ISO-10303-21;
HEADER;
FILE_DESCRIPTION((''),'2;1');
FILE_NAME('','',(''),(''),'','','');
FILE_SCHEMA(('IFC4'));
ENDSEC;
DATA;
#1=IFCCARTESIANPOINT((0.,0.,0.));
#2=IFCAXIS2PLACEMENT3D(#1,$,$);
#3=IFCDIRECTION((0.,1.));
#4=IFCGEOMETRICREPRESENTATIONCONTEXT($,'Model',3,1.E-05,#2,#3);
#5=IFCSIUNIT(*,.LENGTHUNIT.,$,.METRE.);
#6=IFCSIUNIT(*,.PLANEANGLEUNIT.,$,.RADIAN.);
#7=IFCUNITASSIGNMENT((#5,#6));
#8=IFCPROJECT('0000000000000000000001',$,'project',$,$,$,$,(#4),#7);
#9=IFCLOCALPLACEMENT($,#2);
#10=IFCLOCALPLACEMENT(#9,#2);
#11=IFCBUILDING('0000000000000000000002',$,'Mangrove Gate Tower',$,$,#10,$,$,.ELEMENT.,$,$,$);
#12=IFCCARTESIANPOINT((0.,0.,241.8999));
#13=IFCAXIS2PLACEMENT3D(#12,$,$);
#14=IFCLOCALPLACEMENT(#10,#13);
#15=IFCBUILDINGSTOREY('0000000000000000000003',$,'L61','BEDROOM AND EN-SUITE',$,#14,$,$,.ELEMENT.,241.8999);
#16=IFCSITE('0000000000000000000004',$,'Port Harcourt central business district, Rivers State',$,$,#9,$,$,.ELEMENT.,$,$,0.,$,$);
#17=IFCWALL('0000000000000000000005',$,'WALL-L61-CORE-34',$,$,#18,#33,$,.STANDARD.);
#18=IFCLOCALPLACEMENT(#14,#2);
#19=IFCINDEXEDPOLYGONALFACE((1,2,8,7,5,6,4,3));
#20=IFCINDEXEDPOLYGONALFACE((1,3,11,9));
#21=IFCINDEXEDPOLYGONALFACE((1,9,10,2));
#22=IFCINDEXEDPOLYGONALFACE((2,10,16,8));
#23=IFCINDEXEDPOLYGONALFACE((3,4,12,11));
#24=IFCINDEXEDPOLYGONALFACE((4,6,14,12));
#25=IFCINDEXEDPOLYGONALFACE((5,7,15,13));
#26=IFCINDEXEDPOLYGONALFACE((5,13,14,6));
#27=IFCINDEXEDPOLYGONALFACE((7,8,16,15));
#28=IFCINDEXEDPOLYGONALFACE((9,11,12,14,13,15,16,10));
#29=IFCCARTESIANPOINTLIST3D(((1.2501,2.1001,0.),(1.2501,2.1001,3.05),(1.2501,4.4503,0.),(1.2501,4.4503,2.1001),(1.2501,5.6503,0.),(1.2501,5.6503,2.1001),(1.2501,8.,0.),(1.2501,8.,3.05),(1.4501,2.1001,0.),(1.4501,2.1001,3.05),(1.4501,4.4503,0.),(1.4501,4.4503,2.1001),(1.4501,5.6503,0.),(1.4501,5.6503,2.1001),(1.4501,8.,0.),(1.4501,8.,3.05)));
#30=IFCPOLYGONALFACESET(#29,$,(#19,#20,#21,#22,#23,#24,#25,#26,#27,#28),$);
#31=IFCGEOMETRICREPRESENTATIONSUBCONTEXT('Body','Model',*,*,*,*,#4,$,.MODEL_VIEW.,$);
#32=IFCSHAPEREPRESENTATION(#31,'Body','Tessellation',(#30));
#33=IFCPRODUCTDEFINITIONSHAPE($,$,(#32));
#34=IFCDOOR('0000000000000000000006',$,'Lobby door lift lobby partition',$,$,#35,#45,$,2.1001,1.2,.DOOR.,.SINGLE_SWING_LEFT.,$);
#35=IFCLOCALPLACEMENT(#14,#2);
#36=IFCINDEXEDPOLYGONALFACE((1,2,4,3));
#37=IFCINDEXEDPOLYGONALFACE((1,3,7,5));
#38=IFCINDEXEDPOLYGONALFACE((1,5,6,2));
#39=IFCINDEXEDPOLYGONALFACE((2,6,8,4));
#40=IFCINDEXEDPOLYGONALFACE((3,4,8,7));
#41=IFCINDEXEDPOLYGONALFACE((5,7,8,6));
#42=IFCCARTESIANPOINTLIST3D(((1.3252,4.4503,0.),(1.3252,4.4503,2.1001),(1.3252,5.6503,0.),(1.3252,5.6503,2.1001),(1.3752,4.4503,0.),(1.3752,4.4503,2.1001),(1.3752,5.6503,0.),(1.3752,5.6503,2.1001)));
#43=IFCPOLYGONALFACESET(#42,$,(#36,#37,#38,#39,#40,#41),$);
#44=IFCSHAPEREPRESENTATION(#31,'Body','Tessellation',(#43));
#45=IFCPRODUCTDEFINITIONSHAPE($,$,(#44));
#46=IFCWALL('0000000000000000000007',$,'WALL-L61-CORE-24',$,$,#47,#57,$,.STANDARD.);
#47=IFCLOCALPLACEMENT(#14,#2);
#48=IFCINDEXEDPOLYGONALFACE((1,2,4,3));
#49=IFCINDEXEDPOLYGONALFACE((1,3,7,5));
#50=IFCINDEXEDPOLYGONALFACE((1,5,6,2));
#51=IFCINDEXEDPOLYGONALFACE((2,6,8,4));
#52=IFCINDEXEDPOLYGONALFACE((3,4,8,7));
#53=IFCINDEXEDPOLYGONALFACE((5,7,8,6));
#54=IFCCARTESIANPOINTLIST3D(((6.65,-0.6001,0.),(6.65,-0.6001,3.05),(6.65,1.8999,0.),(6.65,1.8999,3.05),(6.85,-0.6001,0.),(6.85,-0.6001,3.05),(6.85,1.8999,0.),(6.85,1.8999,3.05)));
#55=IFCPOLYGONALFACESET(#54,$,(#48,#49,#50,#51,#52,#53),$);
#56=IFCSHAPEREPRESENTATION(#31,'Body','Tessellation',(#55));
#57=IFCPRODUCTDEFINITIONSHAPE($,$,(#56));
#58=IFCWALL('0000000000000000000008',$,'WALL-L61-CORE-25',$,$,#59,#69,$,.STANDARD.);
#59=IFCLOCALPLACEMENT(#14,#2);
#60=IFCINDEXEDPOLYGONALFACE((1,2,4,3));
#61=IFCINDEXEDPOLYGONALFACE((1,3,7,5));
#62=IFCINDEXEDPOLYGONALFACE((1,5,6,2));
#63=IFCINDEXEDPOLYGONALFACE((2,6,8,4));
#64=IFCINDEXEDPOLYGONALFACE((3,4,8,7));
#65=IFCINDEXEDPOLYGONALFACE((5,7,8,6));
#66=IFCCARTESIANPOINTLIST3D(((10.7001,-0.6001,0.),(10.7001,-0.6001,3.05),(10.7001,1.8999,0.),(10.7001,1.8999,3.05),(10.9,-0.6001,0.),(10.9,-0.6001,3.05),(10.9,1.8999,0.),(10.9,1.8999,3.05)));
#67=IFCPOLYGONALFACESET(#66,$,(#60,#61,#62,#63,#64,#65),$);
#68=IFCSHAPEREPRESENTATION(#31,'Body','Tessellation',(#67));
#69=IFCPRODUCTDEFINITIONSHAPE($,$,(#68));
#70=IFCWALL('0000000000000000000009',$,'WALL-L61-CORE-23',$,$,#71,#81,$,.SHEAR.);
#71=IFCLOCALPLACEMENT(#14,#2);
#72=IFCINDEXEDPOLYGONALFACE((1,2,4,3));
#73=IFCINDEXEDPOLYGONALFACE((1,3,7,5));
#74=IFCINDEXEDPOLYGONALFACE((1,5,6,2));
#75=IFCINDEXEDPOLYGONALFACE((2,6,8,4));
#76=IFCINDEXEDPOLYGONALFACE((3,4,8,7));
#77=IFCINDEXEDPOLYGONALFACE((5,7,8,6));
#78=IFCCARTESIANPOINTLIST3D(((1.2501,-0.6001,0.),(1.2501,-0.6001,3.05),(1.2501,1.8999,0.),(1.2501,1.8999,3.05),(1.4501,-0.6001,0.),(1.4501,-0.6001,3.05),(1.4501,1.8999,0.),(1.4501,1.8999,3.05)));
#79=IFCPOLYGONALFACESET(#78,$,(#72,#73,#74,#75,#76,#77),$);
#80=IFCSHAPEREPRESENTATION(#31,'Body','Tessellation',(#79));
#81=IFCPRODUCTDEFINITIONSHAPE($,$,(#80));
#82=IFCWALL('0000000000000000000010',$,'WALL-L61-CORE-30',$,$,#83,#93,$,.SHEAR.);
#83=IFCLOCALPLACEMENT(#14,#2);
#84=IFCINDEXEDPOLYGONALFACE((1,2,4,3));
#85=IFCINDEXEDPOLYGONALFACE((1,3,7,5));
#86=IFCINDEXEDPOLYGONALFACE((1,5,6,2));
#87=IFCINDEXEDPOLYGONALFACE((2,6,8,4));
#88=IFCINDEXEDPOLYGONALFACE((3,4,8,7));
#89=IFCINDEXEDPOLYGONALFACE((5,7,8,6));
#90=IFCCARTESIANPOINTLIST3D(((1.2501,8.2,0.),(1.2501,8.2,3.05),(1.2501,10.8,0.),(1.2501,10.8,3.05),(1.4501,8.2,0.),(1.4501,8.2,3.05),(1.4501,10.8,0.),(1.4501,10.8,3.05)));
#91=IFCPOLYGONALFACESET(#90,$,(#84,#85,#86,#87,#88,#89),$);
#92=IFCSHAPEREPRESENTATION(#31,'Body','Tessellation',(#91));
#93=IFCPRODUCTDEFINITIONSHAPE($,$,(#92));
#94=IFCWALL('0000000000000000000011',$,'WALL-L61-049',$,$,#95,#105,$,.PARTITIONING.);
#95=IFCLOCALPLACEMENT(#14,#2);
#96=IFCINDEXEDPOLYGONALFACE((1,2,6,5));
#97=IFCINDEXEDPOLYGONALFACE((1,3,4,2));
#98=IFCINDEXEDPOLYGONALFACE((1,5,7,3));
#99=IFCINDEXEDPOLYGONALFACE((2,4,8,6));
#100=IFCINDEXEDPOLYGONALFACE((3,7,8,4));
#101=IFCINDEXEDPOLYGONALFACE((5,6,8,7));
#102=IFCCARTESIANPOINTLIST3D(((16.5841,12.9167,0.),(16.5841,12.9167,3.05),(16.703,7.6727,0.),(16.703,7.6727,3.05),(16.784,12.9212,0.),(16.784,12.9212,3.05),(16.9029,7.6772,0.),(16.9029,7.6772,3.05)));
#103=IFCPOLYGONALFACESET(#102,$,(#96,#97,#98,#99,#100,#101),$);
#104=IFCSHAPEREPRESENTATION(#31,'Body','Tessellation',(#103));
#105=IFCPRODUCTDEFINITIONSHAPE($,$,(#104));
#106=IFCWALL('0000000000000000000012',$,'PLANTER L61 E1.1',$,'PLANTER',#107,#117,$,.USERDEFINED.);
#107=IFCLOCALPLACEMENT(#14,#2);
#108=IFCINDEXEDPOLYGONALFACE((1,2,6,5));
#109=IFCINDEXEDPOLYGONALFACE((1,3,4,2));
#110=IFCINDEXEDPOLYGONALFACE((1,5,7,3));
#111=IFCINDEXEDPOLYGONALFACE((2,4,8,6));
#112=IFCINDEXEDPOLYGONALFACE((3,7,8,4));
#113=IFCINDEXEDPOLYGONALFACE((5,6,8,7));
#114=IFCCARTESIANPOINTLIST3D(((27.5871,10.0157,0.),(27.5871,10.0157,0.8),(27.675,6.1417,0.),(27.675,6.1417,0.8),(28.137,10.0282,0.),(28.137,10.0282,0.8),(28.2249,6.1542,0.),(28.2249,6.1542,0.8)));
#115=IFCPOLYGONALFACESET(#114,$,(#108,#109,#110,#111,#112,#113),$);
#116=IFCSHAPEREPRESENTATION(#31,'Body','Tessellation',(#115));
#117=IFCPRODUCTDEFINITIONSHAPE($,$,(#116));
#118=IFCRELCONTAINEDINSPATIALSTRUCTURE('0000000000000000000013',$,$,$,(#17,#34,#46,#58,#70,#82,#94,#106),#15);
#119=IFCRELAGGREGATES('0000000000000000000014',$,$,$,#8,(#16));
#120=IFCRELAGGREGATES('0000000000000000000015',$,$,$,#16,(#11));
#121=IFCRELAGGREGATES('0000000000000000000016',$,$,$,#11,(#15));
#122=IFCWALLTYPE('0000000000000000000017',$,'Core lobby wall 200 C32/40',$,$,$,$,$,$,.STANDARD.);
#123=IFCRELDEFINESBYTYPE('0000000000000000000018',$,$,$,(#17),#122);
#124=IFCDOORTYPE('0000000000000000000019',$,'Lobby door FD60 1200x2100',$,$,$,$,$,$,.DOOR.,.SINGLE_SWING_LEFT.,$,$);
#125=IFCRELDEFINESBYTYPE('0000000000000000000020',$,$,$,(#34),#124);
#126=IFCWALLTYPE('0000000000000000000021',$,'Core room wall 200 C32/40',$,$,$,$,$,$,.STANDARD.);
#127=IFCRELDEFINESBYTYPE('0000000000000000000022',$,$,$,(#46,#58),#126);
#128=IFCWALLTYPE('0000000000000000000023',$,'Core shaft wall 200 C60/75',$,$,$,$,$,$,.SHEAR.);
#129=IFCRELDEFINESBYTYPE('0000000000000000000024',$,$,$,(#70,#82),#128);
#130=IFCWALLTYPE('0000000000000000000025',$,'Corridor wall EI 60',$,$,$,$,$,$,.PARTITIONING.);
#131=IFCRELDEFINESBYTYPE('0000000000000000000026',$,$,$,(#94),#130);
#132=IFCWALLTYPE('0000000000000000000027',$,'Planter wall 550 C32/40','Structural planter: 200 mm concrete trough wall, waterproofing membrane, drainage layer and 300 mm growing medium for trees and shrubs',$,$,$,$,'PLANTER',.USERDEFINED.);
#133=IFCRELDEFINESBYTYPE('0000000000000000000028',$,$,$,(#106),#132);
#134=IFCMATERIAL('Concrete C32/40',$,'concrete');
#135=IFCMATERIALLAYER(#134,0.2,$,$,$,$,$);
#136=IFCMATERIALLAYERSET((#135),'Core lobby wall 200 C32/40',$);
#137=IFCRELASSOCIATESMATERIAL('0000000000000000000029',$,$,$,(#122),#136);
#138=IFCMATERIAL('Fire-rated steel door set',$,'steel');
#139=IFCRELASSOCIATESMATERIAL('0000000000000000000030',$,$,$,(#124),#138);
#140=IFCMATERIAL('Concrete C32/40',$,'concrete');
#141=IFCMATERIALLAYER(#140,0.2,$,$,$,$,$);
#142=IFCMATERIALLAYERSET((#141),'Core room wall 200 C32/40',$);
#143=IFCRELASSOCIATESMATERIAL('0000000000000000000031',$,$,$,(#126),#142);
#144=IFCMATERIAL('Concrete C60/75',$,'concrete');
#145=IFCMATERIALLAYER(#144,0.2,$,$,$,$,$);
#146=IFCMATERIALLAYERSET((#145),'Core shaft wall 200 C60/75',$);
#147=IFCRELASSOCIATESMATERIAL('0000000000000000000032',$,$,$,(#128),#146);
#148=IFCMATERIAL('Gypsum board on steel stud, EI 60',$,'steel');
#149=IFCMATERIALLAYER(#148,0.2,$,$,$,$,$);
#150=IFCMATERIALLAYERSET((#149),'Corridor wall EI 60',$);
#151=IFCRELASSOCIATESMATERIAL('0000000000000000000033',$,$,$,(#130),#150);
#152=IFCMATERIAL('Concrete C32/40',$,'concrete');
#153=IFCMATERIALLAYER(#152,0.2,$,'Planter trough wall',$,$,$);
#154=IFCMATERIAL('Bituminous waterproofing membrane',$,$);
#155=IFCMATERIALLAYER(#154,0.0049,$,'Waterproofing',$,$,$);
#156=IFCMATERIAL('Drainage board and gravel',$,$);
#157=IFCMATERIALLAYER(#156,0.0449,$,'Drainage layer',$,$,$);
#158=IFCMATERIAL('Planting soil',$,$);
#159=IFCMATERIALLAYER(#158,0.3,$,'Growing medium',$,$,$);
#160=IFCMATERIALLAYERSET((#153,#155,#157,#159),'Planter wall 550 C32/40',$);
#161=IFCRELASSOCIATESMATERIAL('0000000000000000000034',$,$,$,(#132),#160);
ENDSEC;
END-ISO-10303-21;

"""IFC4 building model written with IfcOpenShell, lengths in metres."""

from ifc_helpers import new_model, si_unit, direction, frame, frame_2d, origin, place, context, subcontext, project, spatial, rectangle, extrude, material, layer, layer_set, type_object, element, fill, save


model = new_model("IFC4")

# Units and contexts
model_context = context("Model", 3, precision=1e-05, world=origin(), true_north=direction((0.0, 1.0)))
body_context = subcontext(model_context, "Body", "Model", "MODEL_VIEW")
ifc_project = project(units=[si_unit("LENGTHUNIT", "METRE"), si_unit("PLANEANGLEUNIT", "RADIAN")], contexts=[model_context])

# Site, building, storey
site_placement = place(None, origin())
site = spatial("IfcSite", under=ifc_project, at=site_placement, Name="Port Harcourt central business district, Rivers State", CompositionType="ELEMENT", RefElevation=0.0)
building_placement = place(site_placement, origin())
building = spatial("IfcBuilding", under=site, at=building_placement, Name="Mangrove Gate Tower", CompositionType="ELEMENT")
storey_placement = place(building_placement, frame((0.0, 0.0, 241.8999)))
storey = spatial("IfcBuildingStorey", under=building, at=storey_placement, Name="L61", Description="BEDROOM AND EN-SUITE", CompositionType="ELEMENT", Elevation=241.8999)

# Shared definitions
ifc_material_1 = material(Name="Bituminous waterproofing membrane")

# Wall, opening, door
ifc_material_2 = material(Name="Concrete C32/40", Category="concrete")
ifc_layer_1 = layer(ifc_material_2, 0.2)
ifc_layer_set_1 = layer_set([ifc_layer_1], Name="Core lobby wall 200 C32/40")
wall_type_1 = type_object("IfcWallType", Name="Core lobby wall 200 C32/40", PredefinedType="STANDARD", material=ifc_layer_set_1)
wall_1_placement = place(storey_placement, frame((1.3501, 2.1001, 0.0), z_axis=(0.0, 0.0, 1.0), x_axis=(0.0, 1.0, 0.0)))
wall_1 = element("IfcWall", 1, at=wall_1_placement, inside=storey, type_object=wall_type_1, Name="WALL-L61-CORE-34", PredefinedType="STANDARD", context=body_context, shape_type="SweptSolid", body=[
    extrude(rectangle(XDim=5.8999, YDim=0.2, at=frame_2d((2.95, 0.0))), origin(), (0.0, 0.0, 1.0), 3.05),
])
opening_1_placement = place(wall_1_placement, frame((2.3501, 0.0, 0.0)))
opening_1 = element("IfcOpeningElement", 2, at=opening_1_placement, cuts=wall_1, PredefinedType="OPENING", context=body_context, shape_type="SweptSolid", body=[
    extrude(rectangle(XDim=1.2, YDim=2.1001, at=frame_2d((0.6001, 1.05))), frame((0.0, 0.1099, 0.0), z_axis=(0.0, -1.0, 0.0), x_axis=(1.0, 0.0, 0.0)), (0.0, 0.0, 1.0), 0.22),
])
ifc_material_3 = material(Name="Fire-rated steel door set", Category="steel")
door_type_1 = type_object("IfcDoorType", Name="Lobby door FD60 1200x2100", OperationType="SINGLE_SWING_LEFT", PredefinedType="DOOR", material=ifc_material_3)
door_1_placement = place(opening_1_placement, origin())
door_1 = element("IfcDoor", 3, at=door_1_placement, inside=storey, type_object=door_type_1, Name="Lobby door lift lobby partition", OperationType="SINGLE_SWING_LEFT", OverallHeight=2.1001, OverallWidth=1.2, PredefinedType="DOOR", context=body_context, shape_type="SweptSolid", body=[
    extrude(rectangle(XDim=1.2, YDim=2.1001, at=frame_2d((0.6001, 1.05))), frame((0.0, 0.0249, 0.0), z_axis=(0.0, -1.0, 0.0), x_axis=(1.0, 0.0, 0.0)), (0.0, 0.0, 1.0), 0.05),
])
fill(opening_1, door_1)

# Walls
ifc_material_4 = material(Name="Concrete C32/40", Category="concrete")
ifc_layer_2 = layer(ifc_material_4, 0.2)
ifc_layer_set_2 = layer_set([ifc_layer_2], Name="Core room wall 200 C32/40")
wall_type_2 = type_object("IfcWallType", Name="Core room wall 200 C32/40", PredefinedType="STANDARD", material=ifc_layer_set_2)
for number, where, z_axis, x_axis, name in (
    (4, (6.75, -0.6001, 0.0), (0.0, 0.0, 1.0), (0.0, 1.0, 0.0), "WALL-L61-CORE-24"),
    (5, (10.8, -0.6001, 0.0), (0.0, 0.0, 1.0), (0.0, 1.0, 0.0), "WALL-L61-CORE-25"),
):
    element("IfcWall", number, at=place(storey_placement, frame(where, z_axis=z_axis, x_axis=x_axis)), inside=storey, type_object=wall_type_2, Name=name, PredefinedType="STANDARD", context=body_context, shape_type="SweptSolid", body=[
        extrude(rectangle(XDim=2.5, YDim=0.2, at=frame_2d((1.25, 0.0))), origin(), (0.0, 0.0, 1.0), 3.05),
    ])
ifc_material_5 = material(Name="Concrete C60/75", Category="concrete")
ifc_layer_3 = layer(ifc_material_5, 0.2)
ifc_layer_set_3 = layer_set([ifc_layer_3], Name="Core shaft wall 200 C60/75")
wall_type_3 = type_object("IfcWallType", Name="Core shaft wall 200 C60/75", PredefinedType="SHEAR", material=ifc_layer_set_3)
wall_2_placement = place(storey_placement, frame((1.3501, -0.6001, 0.0), z_axis=(0.0, 0.0, 1.0), x_axis=(0.0, 1.0, 0.0)))
element("IfcWall", 6, at=wall_2_placement, inside=storey, type_object=wall_type_3, Name="WALL-L61-CORE-23", PredefinedType="SHEAR", context=body_context, shape_type="SweptSolid", body=[
    extrude(rectangle(XDim=2.5, YDim=0.2, at=frame_2d((1.25, 0.0))), origin(), (0.0, 0.0, 1.0), 3.05),
])
wall_3_placement = place(storey_placement, frame((1.3501, 8.2, 0.0), z_axis=(0.0, 0.0, 1.0), x_axis=(0.0, 1.0, 0.0)))
element("IfcWall", 7, at=wall_3_placement, inside=storey, type_object=wall_type_3, Name="WALL-L61-CORE-30", PredefinedType="SHEAR", context=body_context, shape_type="SweptSolid", body=[
    extrude(rectangle(XDim=2.6001, YDim=0.2, at=frame_2d((1.3, 0.0))), origin(), (0.0, 0.0, 1.0), 3.05),
])
ifc_material_6 = material(Name="Gypsum board on steel stud, EI 60", Category="steel")
ifc_layer_4 = layer(ifc_material_6, 0.2)
ifc_layer_set_4 = layer_set([ifc_layer_4], Name="Corridor wall EI 60")
wall_type_4 = type_object("IfcWallType", Name="Corridor wall EI 60", PredefinedType="PARTITIONING", material=ifc_layer_set_4)
wall_4_placement = place(storey_placement, frame((16.803, 7.675, 0.0), z_axis=(0.0, 0.0, 1.0), x_axis=(-0.022667, 0.999743, 0.0)))
element("IfcWall", 8, at=wall_4_placement, inside=storey, type_object=wall_type_4, Name="WALL-L61-049", PredefinedType="PARTITIONING", context=body_context, shape_type="SweptSolid", body=[
    extrude(rectangle(XDim=5.2454, YDim=0.2, at=frame_2d((2.6226, 0.0))), origin(), (0.0, 0.0, 1.0), 3.05),
])

# Wall
ifc_material_7 = material(Name="Concrete C32/40", Category="concrete")
ifc_layer_5 = layer(ifc_material_7, 0.2, Name="Planter trough wall")
ifc_layer_6 = layer(ifc_material_1, 0.0049, Name="Waterproofing")
ifc_material_8 = material(Name="Drainage board and gravel")
ifc_layer_7 = layer(ifc_material_8, 0.0449, Name="Drainage layer")
ifc_material_9 = material(Name="Planting soil")
ifc_layer_8 = layer(ifc_material_9, 0.3, Name="Growing medium")
ifc_layer_set_5 = layer_set([ifc_layer_5, ifc_layer_6, ifc_layer_7, ifc_layer_8], Name="Planter wall 550 C32/40")
wall_type_5 = type_object("IfcWallType", Name="Planter wall 550 C32/40", Description="Structural planter: 200 mm concrete trough wall, waterproofing membrane, drainage layer and 300 mm growing medium for trees and shrubs", ElementType="PLANTER", PredefinedType="USERDEFINED", material=ifc_layer_set_5)
wall_5_placement = place(storey_placement, frame((27.95, 6.1479, 0.0), z_axis=(0.0, 0.0, 1.0), x_axis=(-0.022681, 0.999743, 0.0)))
element("IfcWall", 9, at=wall_5_placement, inside=storey, type_object=wall_type_5, Name="PLANTER L61 E1.1", ObjectType="PLANTER", PredefinedType="USERDEFINED", context=body_context, shape_type="SweptSolid", body=[
    extrude(rectangle(XDim=3.875, YDim=0.55, at=frame_2d((1.9375, 0.0))), origin(), (0.0, 0.0, 1.0), 0.8),
])

save(model, "model.ifc")
